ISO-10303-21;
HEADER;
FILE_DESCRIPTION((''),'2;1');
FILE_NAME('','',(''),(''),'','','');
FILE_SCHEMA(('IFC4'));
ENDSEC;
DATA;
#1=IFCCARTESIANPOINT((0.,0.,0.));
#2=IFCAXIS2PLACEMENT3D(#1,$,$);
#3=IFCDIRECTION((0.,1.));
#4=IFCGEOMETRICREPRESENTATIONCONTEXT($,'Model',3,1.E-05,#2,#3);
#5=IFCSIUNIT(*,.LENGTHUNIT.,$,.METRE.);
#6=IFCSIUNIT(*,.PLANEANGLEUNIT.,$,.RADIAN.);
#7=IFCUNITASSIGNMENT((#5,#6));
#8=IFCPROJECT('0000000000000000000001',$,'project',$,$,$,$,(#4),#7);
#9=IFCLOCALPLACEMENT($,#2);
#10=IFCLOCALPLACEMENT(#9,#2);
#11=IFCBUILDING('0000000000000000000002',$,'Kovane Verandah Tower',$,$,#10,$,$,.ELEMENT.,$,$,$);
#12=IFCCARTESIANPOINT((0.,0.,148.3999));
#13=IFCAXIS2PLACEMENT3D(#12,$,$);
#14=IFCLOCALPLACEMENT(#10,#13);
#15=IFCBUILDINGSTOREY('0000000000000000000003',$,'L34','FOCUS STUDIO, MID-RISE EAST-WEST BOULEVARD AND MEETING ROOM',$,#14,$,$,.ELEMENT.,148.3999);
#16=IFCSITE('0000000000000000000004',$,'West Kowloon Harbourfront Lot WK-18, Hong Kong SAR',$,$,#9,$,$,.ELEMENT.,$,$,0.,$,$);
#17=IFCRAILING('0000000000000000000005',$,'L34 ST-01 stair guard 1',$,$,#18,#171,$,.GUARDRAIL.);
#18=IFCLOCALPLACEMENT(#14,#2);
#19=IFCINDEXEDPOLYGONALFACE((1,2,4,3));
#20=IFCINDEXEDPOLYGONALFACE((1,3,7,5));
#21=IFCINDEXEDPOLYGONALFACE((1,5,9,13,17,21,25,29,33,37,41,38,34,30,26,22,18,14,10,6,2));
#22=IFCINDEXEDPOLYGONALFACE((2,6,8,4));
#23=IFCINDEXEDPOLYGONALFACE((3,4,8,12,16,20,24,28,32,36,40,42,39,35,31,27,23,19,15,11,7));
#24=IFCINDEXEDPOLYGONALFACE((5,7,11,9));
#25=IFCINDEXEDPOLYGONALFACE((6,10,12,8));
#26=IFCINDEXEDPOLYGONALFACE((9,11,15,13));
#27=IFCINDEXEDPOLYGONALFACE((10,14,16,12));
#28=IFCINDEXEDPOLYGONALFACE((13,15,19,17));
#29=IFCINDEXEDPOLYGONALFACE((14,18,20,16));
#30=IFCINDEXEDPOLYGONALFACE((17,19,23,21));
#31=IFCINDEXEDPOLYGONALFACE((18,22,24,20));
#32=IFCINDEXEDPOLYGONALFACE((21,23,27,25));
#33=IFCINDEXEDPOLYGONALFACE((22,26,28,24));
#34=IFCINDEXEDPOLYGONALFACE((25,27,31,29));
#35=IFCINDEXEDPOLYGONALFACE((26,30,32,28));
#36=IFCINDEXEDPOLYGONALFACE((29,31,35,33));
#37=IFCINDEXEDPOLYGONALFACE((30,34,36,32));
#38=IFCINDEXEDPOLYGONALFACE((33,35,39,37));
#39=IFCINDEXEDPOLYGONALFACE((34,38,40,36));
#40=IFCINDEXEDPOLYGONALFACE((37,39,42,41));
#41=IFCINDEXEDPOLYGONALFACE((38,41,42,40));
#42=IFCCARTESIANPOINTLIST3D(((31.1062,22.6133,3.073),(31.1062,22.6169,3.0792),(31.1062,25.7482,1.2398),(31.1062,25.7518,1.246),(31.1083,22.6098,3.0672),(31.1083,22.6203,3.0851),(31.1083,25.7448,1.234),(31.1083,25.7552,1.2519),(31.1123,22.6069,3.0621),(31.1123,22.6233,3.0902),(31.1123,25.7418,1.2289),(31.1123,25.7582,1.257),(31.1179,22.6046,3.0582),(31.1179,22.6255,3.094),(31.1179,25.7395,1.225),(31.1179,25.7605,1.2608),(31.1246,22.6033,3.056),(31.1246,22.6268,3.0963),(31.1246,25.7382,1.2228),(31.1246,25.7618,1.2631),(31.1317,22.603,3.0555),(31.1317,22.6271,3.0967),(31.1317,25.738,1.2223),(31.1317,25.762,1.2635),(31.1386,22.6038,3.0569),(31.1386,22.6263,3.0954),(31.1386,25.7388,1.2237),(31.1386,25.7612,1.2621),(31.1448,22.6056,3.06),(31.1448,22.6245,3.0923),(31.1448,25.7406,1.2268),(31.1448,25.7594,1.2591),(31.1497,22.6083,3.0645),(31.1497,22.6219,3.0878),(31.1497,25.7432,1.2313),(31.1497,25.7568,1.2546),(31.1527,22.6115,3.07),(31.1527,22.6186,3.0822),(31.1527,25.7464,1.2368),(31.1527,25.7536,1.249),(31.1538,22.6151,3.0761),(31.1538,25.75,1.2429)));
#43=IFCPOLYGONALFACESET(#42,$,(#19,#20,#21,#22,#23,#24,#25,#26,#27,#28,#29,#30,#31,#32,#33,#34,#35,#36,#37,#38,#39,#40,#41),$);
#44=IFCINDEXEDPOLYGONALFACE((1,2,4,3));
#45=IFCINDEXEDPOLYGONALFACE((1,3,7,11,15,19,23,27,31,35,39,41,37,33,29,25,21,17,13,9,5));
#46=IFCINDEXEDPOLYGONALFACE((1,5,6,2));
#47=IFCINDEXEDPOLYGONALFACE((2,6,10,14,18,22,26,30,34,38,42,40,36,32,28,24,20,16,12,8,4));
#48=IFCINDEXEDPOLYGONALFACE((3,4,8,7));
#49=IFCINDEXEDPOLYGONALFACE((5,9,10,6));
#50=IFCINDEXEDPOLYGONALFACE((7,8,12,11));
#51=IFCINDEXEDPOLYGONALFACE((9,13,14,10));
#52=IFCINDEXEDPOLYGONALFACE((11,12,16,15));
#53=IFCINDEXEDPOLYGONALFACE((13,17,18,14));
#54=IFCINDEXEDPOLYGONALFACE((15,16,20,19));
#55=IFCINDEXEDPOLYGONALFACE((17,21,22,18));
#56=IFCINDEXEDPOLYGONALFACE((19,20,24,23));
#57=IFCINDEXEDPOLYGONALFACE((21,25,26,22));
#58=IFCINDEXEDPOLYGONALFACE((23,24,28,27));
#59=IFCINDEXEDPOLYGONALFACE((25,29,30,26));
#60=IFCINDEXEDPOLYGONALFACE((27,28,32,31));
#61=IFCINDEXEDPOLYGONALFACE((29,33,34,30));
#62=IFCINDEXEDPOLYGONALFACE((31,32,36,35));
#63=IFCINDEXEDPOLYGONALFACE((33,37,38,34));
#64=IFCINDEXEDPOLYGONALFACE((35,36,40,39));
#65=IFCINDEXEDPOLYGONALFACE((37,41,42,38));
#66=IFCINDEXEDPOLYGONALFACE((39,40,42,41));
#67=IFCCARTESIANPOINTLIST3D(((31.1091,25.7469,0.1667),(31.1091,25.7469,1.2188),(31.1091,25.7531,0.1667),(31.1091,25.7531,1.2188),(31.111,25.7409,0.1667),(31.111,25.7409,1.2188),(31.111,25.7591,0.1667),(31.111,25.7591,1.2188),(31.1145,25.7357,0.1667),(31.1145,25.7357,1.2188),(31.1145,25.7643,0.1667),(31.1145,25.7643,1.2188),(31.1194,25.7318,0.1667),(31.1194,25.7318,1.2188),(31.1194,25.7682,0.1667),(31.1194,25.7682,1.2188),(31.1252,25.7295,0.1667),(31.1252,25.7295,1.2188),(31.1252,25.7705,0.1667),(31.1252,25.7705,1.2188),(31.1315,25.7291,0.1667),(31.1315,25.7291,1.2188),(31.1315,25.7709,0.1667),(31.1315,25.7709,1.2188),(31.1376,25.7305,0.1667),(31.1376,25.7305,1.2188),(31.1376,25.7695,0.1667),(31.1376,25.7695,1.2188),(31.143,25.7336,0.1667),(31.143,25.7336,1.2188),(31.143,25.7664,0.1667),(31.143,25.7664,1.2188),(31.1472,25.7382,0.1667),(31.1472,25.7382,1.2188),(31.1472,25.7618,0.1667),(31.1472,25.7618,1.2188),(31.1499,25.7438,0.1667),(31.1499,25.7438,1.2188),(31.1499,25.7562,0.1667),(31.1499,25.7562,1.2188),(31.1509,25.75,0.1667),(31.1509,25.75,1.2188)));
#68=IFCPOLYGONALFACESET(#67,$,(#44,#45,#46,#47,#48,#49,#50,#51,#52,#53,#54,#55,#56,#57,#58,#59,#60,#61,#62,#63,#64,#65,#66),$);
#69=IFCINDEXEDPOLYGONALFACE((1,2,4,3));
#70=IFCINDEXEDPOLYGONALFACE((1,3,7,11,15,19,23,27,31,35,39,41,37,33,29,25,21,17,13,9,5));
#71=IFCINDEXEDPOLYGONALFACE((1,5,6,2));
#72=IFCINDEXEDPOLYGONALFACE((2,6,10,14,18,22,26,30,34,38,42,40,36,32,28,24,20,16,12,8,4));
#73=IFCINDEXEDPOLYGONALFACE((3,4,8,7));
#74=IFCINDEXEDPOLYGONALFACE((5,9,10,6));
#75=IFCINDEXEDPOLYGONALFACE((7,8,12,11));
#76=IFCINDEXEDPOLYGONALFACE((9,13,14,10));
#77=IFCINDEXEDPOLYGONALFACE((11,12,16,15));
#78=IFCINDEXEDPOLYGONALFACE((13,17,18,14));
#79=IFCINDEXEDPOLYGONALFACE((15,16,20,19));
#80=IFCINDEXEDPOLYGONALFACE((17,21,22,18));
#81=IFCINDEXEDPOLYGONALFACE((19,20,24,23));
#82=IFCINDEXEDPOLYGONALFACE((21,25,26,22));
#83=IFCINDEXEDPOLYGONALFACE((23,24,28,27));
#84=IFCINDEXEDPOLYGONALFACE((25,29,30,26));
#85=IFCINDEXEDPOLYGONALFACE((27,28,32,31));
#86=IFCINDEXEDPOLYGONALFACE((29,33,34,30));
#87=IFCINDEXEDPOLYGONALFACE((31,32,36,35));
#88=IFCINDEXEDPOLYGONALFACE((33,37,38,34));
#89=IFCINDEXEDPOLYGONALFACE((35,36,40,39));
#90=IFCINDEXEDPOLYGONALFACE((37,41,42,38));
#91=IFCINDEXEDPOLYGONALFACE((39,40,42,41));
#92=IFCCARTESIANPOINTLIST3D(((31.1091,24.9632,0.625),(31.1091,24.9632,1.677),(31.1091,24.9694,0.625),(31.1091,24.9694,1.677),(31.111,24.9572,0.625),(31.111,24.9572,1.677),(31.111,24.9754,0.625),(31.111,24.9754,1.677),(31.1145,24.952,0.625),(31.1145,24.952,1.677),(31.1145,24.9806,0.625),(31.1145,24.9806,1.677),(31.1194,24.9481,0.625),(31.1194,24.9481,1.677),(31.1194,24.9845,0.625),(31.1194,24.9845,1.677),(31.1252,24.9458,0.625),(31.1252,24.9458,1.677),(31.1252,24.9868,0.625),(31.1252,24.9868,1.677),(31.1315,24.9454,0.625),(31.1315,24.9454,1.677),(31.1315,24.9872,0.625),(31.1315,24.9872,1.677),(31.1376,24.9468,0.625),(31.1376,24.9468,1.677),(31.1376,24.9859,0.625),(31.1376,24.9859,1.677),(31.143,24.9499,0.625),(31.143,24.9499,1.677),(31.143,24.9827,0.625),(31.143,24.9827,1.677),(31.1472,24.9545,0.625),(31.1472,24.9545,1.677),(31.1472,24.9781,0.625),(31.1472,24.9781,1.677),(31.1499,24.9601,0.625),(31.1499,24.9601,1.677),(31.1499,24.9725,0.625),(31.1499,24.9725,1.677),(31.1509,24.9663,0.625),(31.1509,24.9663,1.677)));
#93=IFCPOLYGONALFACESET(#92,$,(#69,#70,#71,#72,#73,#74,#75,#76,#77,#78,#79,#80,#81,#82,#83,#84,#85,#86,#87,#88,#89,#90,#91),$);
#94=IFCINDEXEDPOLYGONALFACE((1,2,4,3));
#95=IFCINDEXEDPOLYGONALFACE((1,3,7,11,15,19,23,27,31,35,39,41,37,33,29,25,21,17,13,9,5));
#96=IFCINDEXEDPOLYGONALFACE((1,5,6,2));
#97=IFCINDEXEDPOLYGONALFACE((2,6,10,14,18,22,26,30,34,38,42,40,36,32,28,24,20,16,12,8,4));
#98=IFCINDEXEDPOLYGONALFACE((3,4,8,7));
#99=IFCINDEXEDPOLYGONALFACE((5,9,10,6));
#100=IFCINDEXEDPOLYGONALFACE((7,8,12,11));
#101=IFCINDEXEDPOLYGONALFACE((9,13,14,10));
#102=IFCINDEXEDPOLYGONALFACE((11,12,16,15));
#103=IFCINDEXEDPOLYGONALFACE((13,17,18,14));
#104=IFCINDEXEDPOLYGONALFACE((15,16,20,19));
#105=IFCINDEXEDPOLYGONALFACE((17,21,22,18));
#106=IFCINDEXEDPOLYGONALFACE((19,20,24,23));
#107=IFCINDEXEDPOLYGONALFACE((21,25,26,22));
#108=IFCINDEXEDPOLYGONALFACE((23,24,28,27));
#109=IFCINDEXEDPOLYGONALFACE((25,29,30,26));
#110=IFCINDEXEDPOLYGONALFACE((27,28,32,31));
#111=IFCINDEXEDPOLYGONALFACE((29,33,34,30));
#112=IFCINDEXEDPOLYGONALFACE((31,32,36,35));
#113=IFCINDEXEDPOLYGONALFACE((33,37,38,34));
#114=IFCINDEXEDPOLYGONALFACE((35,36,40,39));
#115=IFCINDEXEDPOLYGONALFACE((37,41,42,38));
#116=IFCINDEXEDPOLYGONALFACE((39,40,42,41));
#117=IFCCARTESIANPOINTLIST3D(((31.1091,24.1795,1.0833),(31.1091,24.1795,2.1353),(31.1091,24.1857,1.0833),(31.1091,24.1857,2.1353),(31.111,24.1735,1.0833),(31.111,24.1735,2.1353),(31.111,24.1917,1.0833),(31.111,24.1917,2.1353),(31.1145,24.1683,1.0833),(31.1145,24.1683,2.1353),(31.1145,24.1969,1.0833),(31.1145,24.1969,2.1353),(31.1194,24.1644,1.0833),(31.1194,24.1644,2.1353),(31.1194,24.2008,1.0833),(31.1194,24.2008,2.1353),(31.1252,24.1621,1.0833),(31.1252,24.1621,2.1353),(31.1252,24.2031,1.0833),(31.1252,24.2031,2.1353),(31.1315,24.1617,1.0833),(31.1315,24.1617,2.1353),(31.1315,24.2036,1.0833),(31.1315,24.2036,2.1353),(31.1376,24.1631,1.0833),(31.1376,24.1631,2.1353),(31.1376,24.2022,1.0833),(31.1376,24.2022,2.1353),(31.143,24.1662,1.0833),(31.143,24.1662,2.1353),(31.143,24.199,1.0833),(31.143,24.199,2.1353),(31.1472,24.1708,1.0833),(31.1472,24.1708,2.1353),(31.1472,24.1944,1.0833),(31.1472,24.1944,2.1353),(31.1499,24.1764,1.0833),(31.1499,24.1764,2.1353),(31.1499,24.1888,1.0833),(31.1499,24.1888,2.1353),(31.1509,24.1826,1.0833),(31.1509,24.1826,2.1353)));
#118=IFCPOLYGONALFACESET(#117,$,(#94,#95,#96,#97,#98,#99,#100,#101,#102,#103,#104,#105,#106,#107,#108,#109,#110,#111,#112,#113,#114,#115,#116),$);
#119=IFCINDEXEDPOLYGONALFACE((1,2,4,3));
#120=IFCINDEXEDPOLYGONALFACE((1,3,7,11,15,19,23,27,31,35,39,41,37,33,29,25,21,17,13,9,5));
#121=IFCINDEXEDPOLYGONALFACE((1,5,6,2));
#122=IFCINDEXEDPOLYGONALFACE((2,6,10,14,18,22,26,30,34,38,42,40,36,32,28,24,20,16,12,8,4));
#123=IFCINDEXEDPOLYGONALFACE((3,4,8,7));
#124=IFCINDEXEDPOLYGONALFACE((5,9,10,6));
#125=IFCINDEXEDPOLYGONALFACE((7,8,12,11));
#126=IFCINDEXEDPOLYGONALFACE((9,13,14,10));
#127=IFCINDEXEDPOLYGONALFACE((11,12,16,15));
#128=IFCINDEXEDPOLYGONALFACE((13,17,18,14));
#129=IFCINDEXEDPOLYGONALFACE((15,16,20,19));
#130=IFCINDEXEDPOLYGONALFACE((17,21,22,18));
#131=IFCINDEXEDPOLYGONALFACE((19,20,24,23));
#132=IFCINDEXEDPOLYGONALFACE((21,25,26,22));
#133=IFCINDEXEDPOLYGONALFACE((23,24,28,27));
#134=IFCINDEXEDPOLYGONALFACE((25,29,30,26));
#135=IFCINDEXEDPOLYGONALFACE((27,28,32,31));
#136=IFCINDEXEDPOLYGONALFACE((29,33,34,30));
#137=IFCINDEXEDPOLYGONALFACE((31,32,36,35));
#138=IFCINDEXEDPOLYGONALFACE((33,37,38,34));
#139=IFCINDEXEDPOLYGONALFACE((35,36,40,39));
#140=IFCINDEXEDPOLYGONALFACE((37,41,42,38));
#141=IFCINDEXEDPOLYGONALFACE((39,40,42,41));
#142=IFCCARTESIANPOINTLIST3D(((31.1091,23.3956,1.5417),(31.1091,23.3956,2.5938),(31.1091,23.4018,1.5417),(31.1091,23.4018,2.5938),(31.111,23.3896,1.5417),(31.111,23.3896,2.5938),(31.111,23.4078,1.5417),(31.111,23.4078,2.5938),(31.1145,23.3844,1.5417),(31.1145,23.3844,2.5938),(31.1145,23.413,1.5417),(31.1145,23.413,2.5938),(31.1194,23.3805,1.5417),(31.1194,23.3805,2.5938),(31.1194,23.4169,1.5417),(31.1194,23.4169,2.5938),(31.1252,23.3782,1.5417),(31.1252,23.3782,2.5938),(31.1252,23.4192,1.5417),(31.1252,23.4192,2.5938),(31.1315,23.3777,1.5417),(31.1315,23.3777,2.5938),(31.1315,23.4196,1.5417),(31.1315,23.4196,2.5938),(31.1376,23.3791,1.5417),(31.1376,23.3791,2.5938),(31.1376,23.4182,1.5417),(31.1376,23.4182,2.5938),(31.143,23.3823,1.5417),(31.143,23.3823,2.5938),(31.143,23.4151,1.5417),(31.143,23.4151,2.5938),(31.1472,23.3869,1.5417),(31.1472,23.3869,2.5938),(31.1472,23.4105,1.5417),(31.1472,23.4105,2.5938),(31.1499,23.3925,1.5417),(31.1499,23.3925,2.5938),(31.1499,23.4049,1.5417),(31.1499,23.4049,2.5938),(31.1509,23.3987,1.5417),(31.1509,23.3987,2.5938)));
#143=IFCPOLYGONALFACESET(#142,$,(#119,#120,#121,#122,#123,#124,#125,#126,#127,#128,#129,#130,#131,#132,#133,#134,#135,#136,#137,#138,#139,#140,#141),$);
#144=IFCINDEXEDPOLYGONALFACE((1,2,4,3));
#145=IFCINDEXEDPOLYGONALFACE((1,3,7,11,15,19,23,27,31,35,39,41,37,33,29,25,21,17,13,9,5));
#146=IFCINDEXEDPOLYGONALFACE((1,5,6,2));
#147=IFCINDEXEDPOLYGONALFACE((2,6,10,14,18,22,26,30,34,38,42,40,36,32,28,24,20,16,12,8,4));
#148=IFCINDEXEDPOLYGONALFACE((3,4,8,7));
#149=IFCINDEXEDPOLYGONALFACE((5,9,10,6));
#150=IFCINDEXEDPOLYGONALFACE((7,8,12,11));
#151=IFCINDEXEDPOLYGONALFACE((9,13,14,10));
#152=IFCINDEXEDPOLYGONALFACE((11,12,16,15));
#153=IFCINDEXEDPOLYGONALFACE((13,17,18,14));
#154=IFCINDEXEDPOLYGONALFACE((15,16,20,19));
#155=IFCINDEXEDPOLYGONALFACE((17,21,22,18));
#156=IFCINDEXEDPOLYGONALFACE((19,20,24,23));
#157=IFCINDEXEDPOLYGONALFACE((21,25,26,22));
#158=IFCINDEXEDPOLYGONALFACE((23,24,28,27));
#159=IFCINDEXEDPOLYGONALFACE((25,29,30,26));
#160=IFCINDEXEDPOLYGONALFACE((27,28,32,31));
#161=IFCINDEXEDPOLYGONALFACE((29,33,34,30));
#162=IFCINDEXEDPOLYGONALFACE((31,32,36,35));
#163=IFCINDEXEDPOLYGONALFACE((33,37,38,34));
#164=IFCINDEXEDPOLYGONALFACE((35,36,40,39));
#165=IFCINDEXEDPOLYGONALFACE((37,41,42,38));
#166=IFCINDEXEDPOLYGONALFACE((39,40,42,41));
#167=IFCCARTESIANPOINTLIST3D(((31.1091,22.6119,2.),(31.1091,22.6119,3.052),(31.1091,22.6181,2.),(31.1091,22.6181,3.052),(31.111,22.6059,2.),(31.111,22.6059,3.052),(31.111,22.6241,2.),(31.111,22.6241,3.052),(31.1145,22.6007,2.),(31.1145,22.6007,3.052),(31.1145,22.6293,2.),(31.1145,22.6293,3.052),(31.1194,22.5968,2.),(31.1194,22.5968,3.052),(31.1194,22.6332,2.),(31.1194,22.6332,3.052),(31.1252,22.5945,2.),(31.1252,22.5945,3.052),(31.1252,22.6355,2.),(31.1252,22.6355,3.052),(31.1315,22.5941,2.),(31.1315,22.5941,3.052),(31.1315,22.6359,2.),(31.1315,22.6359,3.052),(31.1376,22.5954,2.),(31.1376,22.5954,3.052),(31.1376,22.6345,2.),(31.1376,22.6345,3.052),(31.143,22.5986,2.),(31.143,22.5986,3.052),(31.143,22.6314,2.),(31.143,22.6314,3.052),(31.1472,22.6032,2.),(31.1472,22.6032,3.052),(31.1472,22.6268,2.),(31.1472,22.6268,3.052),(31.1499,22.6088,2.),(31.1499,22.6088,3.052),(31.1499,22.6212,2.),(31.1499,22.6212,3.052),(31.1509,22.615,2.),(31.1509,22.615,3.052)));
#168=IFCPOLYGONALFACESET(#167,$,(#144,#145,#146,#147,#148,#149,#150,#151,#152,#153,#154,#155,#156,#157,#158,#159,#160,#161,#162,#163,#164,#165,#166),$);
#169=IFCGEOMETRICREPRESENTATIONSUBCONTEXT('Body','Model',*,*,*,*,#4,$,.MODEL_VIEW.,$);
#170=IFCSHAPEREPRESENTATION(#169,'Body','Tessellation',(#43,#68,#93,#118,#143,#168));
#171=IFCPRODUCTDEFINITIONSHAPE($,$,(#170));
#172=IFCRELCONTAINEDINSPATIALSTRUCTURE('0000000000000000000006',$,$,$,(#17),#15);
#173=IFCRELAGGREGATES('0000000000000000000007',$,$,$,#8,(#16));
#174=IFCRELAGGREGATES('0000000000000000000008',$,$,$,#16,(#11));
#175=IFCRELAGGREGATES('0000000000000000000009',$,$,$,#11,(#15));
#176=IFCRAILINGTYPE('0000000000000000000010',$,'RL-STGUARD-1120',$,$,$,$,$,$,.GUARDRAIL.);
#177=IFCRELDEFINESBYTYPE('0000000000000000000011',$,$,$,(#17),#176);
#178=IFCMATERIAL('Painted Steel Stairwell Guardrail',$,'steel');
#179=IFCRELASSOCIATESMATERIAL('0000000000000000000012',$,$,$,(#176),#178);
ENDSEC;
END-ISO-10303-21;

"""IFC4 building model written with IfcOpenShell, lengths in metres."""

from ifc_helpers import new_model, si_unit, direction, frame, origin, origin_2d, place, context, subcontext, project, spatial, circle, extrude, material, type_object, element, save


model = new_model("IFC4")

# Units and contexts
model_context = context("Model", 3, precision=1e-05, world=origin(), true_north=direction((0.0, 1.0)))
body_context = subcontext(model_context, "Body", "Model", "MODEL_VIEW")
ifc_project = project(units=[si_unit("LENGTHUNIT", "METRE"), si_unit("PLANEANGLEUNIT", "RADIAN")], contexts=[model_context])

# Site, building, storey
site_placement = place(None, origin())
site = spatial("IfcSite", under=ifc_project, at=site_placement, Name="West Kowloon Harbourfront Lot WK-18, Hong Kong SAR", CompositionType="ELEMENT", RefElevation=0.0)
building_placement = place(site_placement, origin())
building = spatial("IfcBuilding", under=site, at=building_placement, Name="Kovane Verandah Tower", CompositionType="ELEMENT")
storey_placement = place(building_placement, frame((0.0, 0.0, 148.3999)))
storey = spatial("IfcBuildingStorey", under=building, at=storey_placement, Name="L34", Description="FOCUS STUDIO, MID-RISE EAST-WEST BOULEVARD AND MEETING ROOM", CompositionType="ELEMENT", Elevation=148.3999)

# Railing
ifc_material_1 = material(Name="Painted Steel Stairwell Guardrail", Category="steel")
railing_type_1 = type_object("IfcRailingType", Name="RL-STGUARD-1120", PredefinedType="GUARDRAIL", material=ifc_material_1)
railing_1_placement = place(storey_placement, frame((31.1299, 25.75, 0.1667)))
element("IfcRailing", 1, at=railing_1_placement, inside=storey, type_object=railing_type_1, Name="L34 ST-01 stair guard 1", PredefinedType="GUARDRAIL", context=body_context, shape_type="SweptSolid", body=[
    extrude(circle(Radius=0.0239, at=origin_2d()), frame((0.0, 0.0, 1.0762), z_axis=(0.0, -0.86324, 0.504794), x_axis=(1.0, 0.0, 0.0)), (0.0, 0.0, 1.0), 3.6316),
    extrude(circle(Radius=0.021, at=origin_2d()), origin(), (0.0, 0.0, 1.0), 1.052),
    extrude(circle(Radius=0.021, at=origin_2d()), frame((0.0, -0.7837, 0.4583)), (0.0, 0.0, 1.0), 1.052),
    extrude(circle(Radius=0.021, at=origin_2d()), frame((0.0, -1.5674, 0.9165)), (0.0, 0.0, 1.0), 1.052),
    extrude(circle(Radius=0.021, at=origin_2d()), frame((0.0, -2.3513, 1.375)), (0.0, 0.0, 1.0), 1.052),
    extrude(circle(Radius=0.021, at=origin_2d()), frame((0.0, -3.135, 1.8333)), (0.0, 0.0, 1.0), 1.052),
])

save(model, "model.ifc")
